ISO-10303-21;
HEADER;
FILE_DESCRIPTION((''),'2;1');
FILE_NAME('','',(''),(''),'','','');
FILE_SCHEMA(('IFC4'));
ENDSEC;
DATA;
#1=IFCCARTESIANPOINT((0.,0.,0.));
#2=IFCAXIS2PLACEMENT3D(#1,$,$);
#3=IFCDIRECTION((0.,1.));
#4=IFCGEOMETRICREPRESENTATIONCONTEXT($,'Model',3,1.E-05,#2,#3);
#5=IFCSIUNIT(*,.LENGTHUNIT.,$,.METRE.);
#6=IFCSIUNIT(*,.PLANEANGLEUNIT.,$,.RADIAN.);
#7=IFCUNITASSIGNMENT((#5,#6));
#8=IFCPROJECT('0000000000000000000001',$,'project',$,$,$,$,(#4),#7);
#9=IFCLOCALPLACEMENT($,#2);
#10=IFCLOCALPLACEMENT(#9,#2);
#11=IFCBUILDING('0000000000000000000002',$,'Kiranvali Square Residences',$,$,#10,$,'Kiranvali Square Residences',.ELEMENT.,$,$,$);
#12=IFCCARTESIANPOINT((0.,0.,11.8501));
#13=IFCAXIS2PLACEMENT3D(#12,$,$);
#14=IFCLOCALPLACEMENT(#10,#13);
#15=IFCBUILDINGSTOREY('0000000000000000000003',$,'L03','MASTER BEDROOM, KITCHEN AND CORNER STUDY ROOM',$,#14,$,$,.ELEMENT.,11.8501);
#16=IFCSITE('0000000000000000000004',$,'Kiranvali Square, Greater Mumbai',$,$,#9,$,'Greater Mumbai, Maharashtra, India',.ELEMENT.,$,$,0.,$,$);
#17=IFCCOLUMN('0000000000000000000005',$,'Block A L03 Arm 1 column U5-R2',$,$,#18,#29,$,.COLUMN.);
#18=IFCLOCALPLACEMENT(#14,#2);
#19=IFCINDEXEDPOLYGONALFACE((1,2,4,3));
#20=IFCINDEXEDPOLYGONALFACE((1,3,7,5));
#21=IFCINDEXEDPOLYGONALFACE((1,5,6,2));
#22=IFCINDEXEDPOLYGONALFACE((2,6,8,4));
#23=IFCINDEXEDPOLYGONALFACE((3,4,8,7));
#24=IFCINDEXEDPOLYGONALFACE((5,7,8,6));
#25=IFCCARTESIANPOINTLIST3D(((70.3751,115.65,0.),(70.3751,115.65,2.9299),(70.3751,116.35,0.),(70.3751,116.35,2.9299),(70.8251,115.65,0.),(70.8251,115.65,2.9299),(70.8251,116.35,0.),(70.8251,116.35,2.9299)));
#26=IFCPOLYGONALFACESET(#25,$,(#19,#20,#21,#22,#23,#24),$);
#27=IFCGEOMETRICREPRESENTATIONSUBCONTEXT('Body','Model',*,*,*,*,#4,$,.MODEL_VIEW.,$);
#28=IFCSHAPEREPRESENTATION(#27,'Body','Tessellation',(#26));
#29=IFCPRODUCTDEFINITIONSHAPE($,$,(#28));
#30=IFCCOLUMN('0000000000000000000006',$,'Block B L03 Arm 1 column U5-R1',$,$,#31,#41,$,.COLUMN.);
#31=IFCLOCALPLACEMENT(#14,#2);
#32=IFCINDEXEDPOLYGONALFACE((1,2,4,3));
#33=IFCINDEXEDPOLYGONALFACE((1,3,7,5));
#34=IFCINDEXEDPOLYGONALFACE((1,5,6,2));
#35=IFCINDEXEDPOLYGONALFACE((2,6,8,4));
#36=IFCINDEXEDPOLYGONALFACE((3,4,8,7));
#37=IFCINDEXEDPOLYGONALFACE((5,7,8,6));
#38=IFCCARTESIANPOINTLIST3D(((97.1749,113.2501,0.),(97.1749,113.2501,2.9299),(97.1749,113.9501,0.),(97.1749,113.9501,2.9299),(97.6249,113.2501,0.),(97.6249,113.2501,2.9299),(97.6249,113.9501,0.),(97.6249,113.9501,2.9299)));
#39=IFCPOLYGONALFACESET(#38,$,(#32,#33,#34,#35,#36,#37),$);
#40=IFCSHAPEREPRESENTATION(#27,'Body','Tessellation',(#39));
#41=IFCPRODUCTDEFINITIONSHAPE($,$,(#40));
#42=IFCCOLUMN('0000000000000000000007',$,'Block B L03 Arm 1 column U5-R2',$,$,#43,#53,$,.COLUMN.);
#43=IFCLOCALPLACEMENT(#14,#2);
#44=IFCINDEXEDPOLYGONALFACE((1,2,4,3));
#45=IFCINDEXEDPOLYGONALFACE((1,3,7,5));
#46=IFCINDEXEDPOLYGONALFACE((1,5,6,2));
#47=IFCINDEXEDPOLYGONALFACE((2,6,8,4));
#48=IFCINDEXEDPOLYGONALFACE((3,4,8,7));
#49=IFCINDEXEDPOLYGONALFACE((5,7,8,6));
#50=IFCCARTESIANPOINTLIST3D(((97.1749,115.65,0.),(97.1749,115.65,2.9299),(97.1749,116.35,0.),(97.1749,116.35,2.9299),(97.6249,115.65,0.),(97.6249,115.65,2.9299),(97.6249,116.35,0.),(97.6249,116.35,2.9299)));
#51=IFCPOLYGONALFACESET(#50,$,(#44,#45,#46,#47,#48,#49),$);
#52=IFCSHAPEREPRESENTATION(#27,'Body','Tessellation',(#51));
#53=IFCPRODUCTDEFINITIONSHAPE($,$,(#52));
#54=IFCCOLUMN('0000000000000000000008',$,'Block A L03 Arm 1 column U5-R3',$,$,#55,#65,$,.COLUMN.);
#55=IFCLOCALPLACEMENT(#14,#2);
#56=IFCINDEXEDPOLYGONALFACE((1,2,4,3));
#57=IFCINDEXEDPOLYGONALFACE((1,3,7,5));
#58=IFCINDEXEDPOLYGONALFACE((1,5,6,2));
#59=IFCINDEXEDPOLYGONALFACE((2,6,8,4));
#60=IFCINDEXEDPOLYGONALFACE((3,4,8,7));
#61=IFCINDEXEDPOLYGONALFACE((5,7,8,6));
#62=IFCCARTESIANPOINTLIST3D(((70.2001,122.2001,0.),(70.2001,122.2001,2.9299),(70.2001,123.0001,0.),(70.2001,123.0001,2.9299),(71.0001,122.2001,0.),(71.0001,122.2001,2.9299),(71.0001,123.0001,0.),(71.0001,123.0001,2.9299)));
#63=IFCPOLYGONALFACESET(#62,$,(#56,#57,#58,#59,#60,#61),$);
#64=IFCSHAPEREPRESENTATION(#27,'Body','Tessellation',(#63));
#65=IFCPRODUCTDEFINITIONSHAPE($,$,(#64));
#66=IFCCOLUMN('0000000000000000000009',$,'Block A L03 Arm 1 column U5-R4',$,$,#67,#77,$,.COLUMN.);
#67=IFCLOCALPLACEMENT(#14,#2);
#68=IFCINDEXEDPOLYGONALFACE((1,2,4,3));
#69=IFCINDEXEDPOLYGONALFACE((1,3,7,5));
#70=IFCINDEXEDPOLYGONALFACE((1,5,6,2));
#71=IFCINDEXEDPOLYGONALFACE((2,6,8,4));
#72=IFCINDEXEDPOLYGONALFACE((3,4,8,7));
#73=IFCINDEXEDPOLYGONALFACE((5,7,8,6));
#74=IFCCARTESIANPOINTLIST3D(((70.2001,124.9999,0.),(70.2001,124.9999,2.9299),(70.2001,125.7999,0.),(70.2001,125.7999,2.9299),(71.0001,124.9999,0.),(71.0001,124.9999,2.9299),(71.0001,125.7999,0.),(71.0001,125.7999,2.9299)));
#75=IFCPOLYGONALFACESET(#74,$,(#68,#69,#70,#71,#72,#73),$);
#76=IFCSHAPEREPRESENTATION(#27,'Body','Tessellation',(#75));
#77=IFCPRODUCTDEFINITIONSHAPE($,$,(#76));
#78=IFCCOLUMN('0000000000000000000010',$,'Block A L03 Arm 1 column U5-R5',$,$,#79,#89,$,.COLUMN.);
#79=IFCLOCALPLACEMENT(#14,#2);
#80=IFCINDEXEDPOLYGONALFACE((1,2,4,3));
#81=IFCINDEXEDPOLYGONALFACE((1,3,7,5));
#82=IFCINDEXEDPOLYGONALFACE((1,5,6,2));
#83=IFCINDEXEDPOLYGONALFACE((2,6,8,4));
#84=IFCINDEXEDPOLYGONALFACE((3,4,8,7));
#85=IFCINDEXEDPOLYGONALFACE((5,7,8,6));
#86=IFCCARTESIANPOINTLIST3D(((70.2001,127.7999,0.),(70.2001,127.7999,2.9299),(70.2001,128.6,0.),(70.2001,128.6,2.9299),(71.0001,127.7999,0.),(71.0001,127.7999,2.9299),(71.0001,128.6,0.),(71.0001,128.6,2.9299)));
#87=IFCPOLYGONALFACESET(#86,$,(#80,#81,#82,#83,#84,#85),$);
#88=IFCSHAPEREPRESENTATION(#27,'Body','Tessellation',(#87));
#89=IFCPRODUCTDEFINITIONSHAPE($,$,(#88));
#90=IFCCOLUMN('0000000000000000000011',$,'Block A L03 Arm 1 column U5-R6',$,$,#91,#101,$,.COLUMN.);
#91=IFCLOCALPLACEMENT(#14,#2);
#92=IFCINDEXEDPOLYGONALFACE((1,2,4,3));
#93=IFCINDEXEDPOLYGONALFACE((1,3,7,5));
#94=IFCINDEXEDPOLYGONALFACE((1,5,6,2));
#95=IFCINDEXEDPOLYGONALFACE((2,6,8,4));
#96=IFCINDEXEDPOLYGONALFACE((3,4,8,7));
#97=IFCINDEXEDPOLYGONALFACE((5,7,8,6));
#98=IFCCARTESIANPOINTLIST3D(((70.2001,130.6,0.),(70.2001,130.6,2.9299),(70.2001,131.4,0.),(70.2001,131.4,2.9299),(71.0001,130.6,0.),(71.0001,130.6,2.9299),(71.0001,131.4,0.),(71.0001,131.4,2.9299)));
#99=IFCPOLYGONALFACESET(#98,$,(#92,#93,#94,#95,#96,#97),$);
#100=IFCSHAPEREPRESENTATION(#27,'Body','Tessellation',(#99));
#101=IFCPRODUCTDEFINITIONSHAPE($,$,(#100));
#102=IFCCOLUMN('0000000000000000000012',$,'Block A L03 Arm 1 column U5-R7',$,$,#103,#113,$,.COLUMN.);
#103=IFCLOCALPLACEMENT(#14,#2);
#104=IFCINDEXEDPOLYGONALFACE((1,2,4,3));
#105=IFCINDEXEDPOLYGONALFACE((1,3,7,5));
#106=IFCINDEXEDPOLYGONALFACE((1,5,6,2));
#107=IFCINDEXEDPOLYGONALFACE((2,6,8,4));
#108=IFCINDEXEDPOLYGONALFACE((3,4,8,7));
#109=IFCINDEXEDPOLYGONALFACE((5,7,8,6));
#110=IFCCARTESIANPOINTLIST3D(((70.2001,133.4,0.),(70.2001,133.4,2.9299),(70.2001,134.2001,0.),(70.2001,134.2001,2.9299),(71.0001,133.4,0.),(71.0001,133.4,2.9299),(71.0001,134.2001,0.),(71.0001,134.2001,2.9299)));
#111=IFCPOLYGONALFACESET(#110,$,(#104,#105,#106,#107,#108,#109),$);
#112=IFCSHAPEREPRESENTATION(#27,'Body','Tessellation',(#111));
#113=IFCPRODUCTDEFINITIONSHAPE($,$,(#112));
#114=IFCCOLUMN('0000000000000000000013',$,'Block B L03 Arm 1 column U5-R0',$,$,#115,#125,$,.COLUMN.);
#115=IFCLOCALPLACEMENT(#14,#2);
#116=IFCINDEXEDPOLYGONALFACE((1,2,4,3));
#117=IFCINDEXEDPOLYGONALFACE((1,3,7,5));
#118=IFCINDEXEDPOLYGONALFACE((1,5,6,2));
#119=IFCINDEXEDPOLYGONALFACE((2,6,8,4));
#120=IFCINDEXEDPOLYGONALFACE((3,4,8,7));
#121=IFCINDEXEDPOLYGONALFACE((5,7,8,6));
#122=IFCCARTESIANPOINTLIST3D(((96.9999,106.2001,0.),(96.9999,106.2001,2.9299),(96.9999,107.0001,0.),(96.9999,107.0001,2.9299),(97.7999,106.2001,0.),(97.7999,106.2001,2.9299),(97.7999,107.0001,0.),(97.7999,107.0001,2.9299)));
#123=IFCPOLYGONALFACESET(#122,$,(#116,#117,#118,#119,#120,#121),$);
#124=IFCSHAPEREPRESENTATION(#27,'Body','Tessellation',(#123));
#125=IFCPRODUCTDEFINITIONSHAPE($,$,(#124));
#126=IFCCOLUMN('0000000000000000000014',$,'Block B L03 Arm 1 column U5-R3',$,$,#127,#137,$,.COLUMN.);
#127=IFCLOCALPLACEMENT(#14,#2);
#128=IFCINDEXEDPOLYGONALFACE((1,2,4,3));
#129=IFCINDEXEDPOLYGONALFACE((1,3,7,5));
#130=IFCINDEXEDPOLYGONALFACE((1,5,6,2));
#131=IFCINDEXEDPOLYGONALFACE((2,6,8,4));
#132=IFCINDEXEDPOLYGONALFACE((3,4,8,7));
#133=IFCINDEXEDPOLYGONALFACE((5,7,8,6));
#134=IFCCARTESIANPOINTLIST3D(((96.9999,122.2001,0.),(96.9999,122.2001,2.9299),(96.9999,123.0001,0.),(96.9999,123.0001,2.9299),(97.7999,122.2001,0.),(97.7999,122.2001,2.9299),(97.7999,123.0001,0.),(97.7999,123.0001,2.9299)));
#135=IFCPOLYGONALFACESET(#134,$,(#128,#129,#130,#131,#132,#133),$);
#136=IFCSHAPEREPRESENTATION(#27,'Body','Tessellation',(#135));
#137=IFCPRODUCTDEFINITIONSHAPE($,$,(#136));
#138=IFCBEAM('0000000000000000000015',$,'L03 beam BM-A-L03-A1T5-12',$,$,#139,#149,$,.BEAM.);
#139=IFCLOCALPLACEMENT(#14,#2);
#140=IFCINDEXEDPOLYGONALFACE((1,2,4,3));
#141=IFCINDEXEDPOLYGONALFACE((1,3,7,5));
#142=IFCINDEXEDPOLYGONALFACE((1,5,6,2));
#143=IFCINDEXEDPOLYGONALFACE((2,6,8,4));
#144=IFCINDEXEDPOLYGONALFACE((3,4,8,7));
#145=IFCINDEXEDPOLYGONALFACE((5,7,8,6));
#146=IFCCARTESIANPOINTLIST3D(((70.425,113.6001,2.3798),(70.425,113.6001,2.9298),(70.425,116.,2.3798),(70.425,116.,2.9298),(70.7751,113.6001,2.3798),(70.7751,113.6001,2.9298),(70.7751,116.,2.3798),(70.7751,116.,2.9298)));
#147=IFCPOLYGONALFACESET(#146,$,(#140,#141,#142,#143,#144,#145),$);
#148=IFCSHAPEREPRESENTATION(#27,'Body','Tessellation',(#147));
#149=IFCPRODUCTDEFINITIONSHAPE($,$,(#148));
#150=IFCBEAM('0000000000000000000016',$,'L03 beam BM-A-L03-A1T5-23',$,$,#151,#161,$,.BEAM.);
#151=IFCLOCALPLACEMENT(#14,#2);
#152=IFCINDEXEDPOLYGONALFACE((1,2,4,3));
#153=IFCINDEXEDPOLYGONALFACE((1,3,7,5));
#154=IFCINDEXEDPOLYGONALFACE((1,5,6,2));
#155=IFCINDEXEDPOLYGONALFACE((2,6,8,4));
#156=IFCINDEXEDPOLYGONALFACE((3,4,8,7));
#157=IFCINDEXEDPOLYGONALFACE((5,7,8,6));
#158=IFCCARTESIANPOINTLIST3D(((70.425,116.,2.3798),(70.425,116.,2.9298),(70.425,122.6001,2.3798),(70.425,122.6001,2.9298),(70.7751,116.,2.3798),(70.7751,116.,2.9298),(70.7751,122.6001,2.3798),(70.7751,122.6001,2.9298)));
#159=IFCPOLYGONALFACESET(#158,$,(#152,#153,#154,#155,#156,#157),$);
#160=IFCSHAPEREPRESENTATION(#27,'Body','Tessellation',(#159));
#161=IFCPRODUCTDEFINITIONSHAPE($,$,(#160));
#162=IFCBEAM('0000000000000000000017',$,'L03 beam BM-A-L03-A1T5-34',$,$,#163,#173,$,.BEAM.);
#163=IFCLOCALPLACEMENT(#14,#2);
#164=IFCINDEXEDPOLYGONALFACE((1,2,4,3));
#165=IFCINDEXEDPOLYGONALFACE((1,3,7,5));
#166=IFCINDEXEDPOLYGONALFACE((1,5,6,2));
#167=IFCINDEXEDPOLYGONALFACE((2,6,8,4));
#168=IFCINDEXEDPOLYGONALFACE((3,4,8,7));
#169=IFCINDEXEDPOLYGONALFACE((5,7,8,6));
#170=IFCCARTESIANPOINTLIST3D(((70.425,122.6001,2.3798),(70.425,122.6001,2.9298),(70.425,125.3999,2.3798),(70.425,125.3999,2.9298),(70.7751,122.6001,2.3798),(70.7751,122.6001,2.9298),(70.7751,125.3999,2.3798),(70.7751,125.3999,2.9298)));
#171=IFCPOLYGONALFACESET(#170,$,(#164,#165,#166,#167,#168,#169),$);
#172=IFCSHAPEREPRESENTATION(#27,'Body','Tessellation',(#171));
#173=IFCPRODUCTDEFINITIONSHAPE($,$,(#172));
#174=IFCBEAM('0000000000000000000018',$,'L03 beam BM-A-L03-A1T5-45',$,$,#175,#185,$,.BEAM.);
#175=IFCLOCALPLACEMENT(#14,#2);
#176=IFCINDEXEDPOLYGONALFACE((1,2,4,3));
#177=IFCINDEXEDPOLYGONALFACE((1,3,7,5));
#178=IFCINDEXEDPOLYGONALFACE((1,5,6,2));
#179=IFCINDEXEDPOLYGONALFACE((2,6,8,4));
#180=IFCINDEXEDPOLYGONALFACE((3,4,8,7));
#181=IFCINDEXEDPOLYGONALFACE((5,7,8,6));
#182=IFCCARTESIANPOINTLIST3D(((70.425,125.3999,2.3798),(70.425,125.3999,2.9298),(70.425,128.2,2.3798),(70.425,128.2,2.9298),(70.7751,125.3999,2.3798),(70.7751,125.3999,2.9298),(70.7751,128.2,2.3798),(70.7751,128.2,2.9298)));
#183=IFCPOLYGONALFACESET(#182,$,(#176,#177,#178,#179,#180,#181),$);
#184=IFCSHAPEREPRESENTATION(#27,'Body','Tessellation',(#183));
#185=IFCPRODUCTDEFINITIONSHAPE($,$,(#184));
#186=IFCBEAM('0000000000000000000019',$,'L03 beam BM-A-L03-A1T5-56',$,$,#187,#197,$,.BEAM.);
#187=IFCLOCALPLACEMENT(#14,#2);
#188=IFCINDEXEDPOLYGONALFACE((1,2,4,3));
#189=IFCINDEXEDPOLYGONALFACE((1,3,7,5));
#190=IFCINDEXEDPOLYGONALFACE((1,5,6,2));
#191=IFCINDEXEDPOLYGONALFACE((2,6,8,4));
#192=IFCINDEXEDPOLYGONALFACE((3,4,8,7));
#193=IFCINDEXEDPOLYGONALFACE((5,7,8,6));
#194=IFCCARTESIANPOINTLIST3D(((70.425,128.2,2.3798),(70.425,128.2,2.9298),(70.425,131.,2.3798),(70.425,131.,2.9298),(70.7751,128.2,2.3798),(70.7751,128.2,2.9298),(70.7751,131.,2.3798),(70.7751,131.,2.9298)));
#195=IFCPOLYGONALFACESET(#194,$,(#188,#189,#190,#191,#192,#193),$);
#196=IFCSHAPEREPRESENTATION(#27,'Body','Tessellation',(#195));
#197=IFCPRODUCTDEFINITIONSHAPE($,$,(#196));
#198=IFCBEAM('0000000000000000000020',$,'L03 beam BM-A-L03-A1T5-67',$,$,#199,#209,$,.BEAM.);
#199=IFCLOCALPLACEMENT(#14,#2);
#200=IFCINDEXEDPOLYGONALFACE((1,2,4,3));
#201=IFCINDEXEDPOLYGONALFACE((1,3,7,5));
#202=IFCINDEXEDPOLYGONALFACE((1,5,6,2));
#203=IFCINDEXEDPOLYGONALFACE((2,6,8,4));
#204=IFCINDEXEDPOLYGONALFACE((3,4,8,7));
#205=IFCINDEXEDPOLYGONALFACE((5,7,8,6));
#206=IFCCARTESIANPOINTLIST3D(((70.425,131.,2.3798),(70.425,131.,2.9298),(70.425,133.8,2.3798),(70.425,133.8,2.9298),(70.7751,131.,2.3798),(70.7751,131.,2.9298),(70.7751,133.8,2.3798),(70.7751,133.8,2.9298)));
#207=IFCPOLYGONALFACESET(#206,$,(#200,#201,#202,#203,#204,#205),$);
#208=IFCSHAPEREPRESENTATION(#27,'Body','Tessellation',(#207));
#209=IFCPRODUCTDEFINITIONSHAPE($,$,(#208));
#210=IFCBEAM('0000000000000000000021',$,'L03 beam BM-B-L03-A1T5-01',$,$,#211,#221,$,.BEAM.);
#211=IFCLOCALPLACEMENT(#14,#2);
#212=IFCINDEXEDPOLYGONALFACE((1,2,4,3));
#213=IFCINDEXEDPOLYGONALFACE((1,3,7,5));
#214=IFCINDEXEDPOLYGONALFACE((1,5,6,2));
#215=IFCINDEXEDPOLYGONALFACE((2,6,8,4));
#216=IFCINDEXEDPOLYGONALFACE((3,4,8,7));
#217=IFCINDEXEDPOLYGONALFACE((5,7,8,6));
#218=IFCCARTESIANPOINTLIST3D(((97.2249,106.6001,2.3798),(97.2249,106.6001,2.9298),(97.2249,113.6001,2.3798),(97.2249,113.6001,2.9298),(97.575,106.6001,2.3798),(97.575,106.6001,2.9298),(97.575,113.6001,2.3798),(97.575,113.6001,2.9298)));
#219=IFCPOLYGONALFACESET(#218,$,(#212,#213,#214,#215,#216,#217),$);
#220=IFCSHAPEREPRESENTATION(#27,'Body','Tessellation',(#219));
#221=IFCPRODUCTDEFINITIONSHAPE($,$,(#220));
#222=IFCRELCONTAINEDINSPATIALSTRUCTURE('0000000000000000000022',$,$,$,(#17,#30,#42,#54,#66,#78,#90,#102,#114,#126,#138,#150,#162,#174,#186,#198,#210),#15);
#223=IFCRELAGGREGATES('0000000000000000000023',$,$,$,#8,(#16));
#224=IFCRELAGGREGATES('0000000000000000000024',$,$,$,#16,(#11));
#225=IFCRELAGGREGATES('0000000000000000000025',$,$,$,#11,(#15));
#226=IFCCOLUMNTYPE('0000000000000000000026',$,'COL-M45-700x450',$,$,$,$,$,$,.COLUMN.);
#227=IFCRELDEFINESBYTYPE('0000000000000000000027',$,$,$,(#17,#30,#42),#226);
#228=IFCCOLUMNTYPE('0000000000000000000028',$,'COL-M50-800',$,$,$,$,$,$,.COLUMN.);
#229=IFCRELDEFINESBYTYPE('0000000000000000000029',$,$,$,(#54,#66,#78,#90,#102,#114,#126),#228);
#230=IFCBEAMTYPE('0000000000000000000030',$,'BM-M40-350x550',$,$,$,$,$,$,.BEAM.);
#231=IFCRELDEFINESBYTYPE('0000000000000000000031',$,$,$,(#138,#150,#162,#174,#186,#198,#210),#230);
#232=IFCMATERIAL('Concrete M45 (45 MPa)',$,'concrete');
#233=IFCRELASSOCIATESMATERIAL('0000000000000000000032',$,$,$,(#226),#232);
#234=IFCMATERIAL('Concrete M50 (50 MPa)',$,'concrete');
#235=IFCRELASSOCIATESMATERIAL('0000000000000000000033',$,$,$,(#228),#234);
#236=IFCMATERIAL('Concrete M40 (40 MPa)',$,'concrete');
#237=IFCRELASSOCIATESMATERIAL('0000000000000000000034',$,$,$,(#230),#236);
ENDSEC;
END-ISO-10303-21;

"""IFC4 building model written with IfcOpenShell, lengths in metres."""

from ifc_helpers import new_model, si_unit, direction, frame, origin, origin_2d, place, context, subcontext, project, spatial, rectangle, extrude, material, material_profile, profile_set, type_object, element, save


model = new_model("IFC4")

# Units and contexts
model_context = context("Model", 3, precision=1e-05, world=origin(), true_north=direction((0.0, 1.0)))
body_context = subcontext(model_context, "Body", "Model", "MODEL_VIEW")
ifc_project = project(units=[si_unit("LENGTHUNIT", "METRE"), si_unit("PLANEANGLEUNIT", "RADIAN")], contexts=[model_context])

# Site, building, storey
site_placement = place(None, origin())
site = spatial("IfcSite", under=ifc_project, at=site_placement, Name="Kiranvali Square, Greater Mumbai", LongName="Greater Mumbai, Maharashtra, India", CompositionType="ELEMENT", RefElevation=0.0)
building_placement = place(site_placement, origin())
building = spatial("IfcBuilding", under=site, at=building_placement, Name="Kiranvali Square Residences", LongName="Kiranvali Square Residences", CompositionType="ELEMENT")
storey_placement = place(building_placement, frame((0.0, 0.0, 11.8501)))
storey = spatial("IfcBuildingStorey", under=building, at=storey_placement, Name="L03", Description="MASTER BEDROOM, KITCHEN AND CORNER STUDY ROOM", CompositionType="ELEMENT", Elevation=11.8501)

# Columns
ifc_material_1 = material(Name="Concrete M45 (45 MPa)", Category="concrete")
ifc_material_profile_1 = material_profile(ifc_material_1, rectangle(XDim=0.45, YDim=0.7, at=origin_2d()), Name="RC 700x450")
ifc_profile_set_1 = profile_set([ifc_material_profile_1], Name="Concrete M45 (45 MPa)")
column_type_1 = type_object("IfcColumnType", Name="COL-M45-700x450", PredefinedType="COLUMN", material=ifc_profile_set_1)
for number, where, z_axis, x_axis, name in (
    (1, (70.6001, 116.0, 0.0), (0.0, 0.0, 1.0), (1.0, 0.0, 0.0), "Block A L03 Arm 1 column U5-R2"),
    (2, (97.3999, 113.6001, 0.0), (0.0, 0.0, 1.0), (1.0, 0.0, 0.0), "Block B L03 Arm 1 column U5-R1"),
    (3, (97.3999, 116.0, 0.0), (0.0, 0.0, 1.0), (1.0, 0.0, 0.0), "Block B L03 Arm 1 column U5-R2"),
):
    element("IfcColumn", number, at=place(storey_placement, frame(where, z_axis=z_axis, x_axis=x_axis)), inside=storey, type_object=column_type_1, Name=name, PredefinedType="COLUMN", context=body_context, shape_type="SweptSolid", body=[
        extrude(rectangle(XDim=0.45, YDim=0.7, at=origin_2d()), origin(), (0.0, 0.0, 1.0), 2.9299),
    ])
ifc_material_2 = material(Name="Concrete M50 (50 MPa)", Category="concrete")
ifc_material_profile_2 = material_profile(ifc_material_2, rectangle(XDim=0.8, YDim=0.8, at=origin_2d()), Name="RC 800x800")
ifc_profile_set_2 = profile_set([ifc_material_profile_2], Name="Concrete M50 (50 MPa)")
column_type_2 = type_object("IfcColumnType", Name="COL-M50-800", PredefinedType="COLUMN", material=ifc_profile_set_2)
for number, where, z_axis, x_axis, name in (
    (4, (70.6001, 122.6001, 0.0), (0.0, 0.0, 1.0), (1.0, 0.0, 0.0), "Block A L03 Arm 1 column U5-R3"),
    (5, (70.6001, 125.3999, 0.0), (0.0, 0.0, 1.0), (1.0, 0.0, 0.0), "Block A L03 Arm 1 column U5-R4"),
    (6, (70.6001, 128.2, 0.0), (0.0, 0.0, 1.0), (1.0, 0.0, 0.0), "Block A L03 Arm 1 column U5-R5"),
    (7, (70.6001, 131.0, 0.0), (0.0, 0.0, 1.0), (1.0, 0.0, 0.0), "Block A L03 Arm 1 column U5-R6"),
    (8, (70.6001, 133.8, 0.0), (0.0, 0.0, 1.0), (1.0, 0.0, 0.0), "Block A L03 Arm 1 column U5-R7"),
    (9, (97.3999, 106.6001, 0.0), (0.0, 0.0, 1.0), (1.0, 0.0, 0.0), "Block B L03 Arm 1 column U5-R0"),
    (10, (97.3999, 122.6001, 0.0), (0.0, 0.0, 1.0), (1.0, 0.0, 0.0), "Block B L03 Arm 1 column U5-R3"),
):
    element("IfcColumn", number, at=place(storey_placement, frame(where, z_axis=z_axis, x_axis=x_axis)), inside=storey, type_object=column_type_2, Name=name, PredefinedType="COLUMN", context=body_context, shape_type="SweptSolid", body=[
        extrude(rectangle(XDim=0.8, YDim=0.8, at=origin_2d()), origin(), (0.0, 0.0, 1.0), 2.9299),
    ])

# Beams
ifc_material_3 = material(Name="Concrete M40 (40 MPa)", Category="concrete")
ifc_material_profile_3 = material_profile(ifc_material_3, rectangle(XDim=0.3501, YDim=0.55, at=origin_2d()), Name="RC 350x550")
ifc_profile_set_3 = profile_set([ifc_material_profile_3], Name="Concrete M40 (40 MPa)")
beam_type = type_object("IfcBeamType", Name="BM-M40-350x550", PredefinedType="BEAM", material=ifc_profile_set_3)
beam_1_placement = place(storey_placement, frame((70.6001, 113.6001, 2.6548), z_axis=(0.0, 1.0, 0.0), x_axis=(-1.0, 0.0, 0.0)))
element("IfcBeam", 11, at=beam_1_placement, inside=storey, type_object=beam_type, Name="L03 beam BM-A-L03-A1T5-12", PredefinedType="BEAM", context=body_context, shape_type="SweptSolid", body=[
    extrude(rectangle(XDim=0.3501, YDim=0.55, at=origin_2d()), origin(), (0.0, 0.0, 1.0), 2.3999),
])
beam_2_placement = place(storey_placement, frame((70.6001, 116.0, 2.6548), z_axis=(0.0, 1.0, 0.0), x_axis=(-1.0, 0.0, 0.0)))
element("IfcBeam", 12, at=beam_2_placement, inside=storey, type_object=beam_type, Name="L03 beam BM-A-L03-A1T5-23", PredefinedType="BEAM", context=body_context, shape_type="SweptSolid", body=[
    extrude(rectangle(XDim=0.3501, YDim=0.55, at=origin_2d()), origin(), (0.0, 0.0, 1.0), 6.6001),
])
beam_3_placement = place(storey_placement, frame((70.6001, 122.6001, 2.6548), z_axis=(0.0, 1.0, 0.0), x_axis=(-1.0, 0.0, 0.0)))
element("IfcBeam", 13, at=beam_3_placement, inside=storey, type_object=beam_type, Name="L03 beam BM-A-L03-A1T5-34", PredefinedType="BEAM", context=body_context, shape_type="SweptSolid", body=[
    extrude(rectangle(XDim=0.3501, YDim=0.55, at=origin_2d()), origin(), (0.0, 0.0, 1.0), 2.7998),
])
for number, where, z_axis, x_axis, name in (
    (14, (70.6001, 125.3999, 2.6548), (0.0, 1.0, 0.0), (-1.0, 0.0, 0.0), "L03 beam BM-A-L03-A1T5-45"),
    (15, (70.6001, 128.2, 2.6548), (0.0, 1.0, 0.0), (-1.0, 0.0, 0.0), "L03 beam BM-A-L03-A1T5-56"),
    (16, (70.6001, 131.0, 2.6548), (0.0, 1.0, 0.0), (-1.0, 0.0, 0.0), "L03 beam BM-A-L03-A1T5-67"),
):
    element("IfcBeam", number, at=place(storey_placement, frame(where, z_axis=z_axis, x_axis=x_axis)), inside=storey, type_object=beam_type, Name=name, PredefinedType="BEAM", context=body_context, shape_type="SweptSolid", body=[
        extrude(rectangle(XDim=0.3501, YDim=0.55, at=origin_2d()), origin(), (0.0, 0.0, 1.0), 2.8),
    ])
beam_4_placement = place(storey_placement, frame((97.3999, 106.6001, 2.6548), z_axis=(0.0, 1.0, 0.0), x_axis=(-1.0, 0.0, 0.0)))
element("IfcBeam", 17, at=beam_4_placement, inside=storey, type_object=beam_type, Name="L03 beam BM-B-L03-A1T5-01", PredefinedType="BEAM", context=body_context, shape_type="SweptSolid", body=[
    extrude(rectangle(XDim=0.3501, YDim=0.55, at=origin_2d()), origin(), (0.0, 0.0, 1.0), 7.0),
])

save(model, "model.ifc")
